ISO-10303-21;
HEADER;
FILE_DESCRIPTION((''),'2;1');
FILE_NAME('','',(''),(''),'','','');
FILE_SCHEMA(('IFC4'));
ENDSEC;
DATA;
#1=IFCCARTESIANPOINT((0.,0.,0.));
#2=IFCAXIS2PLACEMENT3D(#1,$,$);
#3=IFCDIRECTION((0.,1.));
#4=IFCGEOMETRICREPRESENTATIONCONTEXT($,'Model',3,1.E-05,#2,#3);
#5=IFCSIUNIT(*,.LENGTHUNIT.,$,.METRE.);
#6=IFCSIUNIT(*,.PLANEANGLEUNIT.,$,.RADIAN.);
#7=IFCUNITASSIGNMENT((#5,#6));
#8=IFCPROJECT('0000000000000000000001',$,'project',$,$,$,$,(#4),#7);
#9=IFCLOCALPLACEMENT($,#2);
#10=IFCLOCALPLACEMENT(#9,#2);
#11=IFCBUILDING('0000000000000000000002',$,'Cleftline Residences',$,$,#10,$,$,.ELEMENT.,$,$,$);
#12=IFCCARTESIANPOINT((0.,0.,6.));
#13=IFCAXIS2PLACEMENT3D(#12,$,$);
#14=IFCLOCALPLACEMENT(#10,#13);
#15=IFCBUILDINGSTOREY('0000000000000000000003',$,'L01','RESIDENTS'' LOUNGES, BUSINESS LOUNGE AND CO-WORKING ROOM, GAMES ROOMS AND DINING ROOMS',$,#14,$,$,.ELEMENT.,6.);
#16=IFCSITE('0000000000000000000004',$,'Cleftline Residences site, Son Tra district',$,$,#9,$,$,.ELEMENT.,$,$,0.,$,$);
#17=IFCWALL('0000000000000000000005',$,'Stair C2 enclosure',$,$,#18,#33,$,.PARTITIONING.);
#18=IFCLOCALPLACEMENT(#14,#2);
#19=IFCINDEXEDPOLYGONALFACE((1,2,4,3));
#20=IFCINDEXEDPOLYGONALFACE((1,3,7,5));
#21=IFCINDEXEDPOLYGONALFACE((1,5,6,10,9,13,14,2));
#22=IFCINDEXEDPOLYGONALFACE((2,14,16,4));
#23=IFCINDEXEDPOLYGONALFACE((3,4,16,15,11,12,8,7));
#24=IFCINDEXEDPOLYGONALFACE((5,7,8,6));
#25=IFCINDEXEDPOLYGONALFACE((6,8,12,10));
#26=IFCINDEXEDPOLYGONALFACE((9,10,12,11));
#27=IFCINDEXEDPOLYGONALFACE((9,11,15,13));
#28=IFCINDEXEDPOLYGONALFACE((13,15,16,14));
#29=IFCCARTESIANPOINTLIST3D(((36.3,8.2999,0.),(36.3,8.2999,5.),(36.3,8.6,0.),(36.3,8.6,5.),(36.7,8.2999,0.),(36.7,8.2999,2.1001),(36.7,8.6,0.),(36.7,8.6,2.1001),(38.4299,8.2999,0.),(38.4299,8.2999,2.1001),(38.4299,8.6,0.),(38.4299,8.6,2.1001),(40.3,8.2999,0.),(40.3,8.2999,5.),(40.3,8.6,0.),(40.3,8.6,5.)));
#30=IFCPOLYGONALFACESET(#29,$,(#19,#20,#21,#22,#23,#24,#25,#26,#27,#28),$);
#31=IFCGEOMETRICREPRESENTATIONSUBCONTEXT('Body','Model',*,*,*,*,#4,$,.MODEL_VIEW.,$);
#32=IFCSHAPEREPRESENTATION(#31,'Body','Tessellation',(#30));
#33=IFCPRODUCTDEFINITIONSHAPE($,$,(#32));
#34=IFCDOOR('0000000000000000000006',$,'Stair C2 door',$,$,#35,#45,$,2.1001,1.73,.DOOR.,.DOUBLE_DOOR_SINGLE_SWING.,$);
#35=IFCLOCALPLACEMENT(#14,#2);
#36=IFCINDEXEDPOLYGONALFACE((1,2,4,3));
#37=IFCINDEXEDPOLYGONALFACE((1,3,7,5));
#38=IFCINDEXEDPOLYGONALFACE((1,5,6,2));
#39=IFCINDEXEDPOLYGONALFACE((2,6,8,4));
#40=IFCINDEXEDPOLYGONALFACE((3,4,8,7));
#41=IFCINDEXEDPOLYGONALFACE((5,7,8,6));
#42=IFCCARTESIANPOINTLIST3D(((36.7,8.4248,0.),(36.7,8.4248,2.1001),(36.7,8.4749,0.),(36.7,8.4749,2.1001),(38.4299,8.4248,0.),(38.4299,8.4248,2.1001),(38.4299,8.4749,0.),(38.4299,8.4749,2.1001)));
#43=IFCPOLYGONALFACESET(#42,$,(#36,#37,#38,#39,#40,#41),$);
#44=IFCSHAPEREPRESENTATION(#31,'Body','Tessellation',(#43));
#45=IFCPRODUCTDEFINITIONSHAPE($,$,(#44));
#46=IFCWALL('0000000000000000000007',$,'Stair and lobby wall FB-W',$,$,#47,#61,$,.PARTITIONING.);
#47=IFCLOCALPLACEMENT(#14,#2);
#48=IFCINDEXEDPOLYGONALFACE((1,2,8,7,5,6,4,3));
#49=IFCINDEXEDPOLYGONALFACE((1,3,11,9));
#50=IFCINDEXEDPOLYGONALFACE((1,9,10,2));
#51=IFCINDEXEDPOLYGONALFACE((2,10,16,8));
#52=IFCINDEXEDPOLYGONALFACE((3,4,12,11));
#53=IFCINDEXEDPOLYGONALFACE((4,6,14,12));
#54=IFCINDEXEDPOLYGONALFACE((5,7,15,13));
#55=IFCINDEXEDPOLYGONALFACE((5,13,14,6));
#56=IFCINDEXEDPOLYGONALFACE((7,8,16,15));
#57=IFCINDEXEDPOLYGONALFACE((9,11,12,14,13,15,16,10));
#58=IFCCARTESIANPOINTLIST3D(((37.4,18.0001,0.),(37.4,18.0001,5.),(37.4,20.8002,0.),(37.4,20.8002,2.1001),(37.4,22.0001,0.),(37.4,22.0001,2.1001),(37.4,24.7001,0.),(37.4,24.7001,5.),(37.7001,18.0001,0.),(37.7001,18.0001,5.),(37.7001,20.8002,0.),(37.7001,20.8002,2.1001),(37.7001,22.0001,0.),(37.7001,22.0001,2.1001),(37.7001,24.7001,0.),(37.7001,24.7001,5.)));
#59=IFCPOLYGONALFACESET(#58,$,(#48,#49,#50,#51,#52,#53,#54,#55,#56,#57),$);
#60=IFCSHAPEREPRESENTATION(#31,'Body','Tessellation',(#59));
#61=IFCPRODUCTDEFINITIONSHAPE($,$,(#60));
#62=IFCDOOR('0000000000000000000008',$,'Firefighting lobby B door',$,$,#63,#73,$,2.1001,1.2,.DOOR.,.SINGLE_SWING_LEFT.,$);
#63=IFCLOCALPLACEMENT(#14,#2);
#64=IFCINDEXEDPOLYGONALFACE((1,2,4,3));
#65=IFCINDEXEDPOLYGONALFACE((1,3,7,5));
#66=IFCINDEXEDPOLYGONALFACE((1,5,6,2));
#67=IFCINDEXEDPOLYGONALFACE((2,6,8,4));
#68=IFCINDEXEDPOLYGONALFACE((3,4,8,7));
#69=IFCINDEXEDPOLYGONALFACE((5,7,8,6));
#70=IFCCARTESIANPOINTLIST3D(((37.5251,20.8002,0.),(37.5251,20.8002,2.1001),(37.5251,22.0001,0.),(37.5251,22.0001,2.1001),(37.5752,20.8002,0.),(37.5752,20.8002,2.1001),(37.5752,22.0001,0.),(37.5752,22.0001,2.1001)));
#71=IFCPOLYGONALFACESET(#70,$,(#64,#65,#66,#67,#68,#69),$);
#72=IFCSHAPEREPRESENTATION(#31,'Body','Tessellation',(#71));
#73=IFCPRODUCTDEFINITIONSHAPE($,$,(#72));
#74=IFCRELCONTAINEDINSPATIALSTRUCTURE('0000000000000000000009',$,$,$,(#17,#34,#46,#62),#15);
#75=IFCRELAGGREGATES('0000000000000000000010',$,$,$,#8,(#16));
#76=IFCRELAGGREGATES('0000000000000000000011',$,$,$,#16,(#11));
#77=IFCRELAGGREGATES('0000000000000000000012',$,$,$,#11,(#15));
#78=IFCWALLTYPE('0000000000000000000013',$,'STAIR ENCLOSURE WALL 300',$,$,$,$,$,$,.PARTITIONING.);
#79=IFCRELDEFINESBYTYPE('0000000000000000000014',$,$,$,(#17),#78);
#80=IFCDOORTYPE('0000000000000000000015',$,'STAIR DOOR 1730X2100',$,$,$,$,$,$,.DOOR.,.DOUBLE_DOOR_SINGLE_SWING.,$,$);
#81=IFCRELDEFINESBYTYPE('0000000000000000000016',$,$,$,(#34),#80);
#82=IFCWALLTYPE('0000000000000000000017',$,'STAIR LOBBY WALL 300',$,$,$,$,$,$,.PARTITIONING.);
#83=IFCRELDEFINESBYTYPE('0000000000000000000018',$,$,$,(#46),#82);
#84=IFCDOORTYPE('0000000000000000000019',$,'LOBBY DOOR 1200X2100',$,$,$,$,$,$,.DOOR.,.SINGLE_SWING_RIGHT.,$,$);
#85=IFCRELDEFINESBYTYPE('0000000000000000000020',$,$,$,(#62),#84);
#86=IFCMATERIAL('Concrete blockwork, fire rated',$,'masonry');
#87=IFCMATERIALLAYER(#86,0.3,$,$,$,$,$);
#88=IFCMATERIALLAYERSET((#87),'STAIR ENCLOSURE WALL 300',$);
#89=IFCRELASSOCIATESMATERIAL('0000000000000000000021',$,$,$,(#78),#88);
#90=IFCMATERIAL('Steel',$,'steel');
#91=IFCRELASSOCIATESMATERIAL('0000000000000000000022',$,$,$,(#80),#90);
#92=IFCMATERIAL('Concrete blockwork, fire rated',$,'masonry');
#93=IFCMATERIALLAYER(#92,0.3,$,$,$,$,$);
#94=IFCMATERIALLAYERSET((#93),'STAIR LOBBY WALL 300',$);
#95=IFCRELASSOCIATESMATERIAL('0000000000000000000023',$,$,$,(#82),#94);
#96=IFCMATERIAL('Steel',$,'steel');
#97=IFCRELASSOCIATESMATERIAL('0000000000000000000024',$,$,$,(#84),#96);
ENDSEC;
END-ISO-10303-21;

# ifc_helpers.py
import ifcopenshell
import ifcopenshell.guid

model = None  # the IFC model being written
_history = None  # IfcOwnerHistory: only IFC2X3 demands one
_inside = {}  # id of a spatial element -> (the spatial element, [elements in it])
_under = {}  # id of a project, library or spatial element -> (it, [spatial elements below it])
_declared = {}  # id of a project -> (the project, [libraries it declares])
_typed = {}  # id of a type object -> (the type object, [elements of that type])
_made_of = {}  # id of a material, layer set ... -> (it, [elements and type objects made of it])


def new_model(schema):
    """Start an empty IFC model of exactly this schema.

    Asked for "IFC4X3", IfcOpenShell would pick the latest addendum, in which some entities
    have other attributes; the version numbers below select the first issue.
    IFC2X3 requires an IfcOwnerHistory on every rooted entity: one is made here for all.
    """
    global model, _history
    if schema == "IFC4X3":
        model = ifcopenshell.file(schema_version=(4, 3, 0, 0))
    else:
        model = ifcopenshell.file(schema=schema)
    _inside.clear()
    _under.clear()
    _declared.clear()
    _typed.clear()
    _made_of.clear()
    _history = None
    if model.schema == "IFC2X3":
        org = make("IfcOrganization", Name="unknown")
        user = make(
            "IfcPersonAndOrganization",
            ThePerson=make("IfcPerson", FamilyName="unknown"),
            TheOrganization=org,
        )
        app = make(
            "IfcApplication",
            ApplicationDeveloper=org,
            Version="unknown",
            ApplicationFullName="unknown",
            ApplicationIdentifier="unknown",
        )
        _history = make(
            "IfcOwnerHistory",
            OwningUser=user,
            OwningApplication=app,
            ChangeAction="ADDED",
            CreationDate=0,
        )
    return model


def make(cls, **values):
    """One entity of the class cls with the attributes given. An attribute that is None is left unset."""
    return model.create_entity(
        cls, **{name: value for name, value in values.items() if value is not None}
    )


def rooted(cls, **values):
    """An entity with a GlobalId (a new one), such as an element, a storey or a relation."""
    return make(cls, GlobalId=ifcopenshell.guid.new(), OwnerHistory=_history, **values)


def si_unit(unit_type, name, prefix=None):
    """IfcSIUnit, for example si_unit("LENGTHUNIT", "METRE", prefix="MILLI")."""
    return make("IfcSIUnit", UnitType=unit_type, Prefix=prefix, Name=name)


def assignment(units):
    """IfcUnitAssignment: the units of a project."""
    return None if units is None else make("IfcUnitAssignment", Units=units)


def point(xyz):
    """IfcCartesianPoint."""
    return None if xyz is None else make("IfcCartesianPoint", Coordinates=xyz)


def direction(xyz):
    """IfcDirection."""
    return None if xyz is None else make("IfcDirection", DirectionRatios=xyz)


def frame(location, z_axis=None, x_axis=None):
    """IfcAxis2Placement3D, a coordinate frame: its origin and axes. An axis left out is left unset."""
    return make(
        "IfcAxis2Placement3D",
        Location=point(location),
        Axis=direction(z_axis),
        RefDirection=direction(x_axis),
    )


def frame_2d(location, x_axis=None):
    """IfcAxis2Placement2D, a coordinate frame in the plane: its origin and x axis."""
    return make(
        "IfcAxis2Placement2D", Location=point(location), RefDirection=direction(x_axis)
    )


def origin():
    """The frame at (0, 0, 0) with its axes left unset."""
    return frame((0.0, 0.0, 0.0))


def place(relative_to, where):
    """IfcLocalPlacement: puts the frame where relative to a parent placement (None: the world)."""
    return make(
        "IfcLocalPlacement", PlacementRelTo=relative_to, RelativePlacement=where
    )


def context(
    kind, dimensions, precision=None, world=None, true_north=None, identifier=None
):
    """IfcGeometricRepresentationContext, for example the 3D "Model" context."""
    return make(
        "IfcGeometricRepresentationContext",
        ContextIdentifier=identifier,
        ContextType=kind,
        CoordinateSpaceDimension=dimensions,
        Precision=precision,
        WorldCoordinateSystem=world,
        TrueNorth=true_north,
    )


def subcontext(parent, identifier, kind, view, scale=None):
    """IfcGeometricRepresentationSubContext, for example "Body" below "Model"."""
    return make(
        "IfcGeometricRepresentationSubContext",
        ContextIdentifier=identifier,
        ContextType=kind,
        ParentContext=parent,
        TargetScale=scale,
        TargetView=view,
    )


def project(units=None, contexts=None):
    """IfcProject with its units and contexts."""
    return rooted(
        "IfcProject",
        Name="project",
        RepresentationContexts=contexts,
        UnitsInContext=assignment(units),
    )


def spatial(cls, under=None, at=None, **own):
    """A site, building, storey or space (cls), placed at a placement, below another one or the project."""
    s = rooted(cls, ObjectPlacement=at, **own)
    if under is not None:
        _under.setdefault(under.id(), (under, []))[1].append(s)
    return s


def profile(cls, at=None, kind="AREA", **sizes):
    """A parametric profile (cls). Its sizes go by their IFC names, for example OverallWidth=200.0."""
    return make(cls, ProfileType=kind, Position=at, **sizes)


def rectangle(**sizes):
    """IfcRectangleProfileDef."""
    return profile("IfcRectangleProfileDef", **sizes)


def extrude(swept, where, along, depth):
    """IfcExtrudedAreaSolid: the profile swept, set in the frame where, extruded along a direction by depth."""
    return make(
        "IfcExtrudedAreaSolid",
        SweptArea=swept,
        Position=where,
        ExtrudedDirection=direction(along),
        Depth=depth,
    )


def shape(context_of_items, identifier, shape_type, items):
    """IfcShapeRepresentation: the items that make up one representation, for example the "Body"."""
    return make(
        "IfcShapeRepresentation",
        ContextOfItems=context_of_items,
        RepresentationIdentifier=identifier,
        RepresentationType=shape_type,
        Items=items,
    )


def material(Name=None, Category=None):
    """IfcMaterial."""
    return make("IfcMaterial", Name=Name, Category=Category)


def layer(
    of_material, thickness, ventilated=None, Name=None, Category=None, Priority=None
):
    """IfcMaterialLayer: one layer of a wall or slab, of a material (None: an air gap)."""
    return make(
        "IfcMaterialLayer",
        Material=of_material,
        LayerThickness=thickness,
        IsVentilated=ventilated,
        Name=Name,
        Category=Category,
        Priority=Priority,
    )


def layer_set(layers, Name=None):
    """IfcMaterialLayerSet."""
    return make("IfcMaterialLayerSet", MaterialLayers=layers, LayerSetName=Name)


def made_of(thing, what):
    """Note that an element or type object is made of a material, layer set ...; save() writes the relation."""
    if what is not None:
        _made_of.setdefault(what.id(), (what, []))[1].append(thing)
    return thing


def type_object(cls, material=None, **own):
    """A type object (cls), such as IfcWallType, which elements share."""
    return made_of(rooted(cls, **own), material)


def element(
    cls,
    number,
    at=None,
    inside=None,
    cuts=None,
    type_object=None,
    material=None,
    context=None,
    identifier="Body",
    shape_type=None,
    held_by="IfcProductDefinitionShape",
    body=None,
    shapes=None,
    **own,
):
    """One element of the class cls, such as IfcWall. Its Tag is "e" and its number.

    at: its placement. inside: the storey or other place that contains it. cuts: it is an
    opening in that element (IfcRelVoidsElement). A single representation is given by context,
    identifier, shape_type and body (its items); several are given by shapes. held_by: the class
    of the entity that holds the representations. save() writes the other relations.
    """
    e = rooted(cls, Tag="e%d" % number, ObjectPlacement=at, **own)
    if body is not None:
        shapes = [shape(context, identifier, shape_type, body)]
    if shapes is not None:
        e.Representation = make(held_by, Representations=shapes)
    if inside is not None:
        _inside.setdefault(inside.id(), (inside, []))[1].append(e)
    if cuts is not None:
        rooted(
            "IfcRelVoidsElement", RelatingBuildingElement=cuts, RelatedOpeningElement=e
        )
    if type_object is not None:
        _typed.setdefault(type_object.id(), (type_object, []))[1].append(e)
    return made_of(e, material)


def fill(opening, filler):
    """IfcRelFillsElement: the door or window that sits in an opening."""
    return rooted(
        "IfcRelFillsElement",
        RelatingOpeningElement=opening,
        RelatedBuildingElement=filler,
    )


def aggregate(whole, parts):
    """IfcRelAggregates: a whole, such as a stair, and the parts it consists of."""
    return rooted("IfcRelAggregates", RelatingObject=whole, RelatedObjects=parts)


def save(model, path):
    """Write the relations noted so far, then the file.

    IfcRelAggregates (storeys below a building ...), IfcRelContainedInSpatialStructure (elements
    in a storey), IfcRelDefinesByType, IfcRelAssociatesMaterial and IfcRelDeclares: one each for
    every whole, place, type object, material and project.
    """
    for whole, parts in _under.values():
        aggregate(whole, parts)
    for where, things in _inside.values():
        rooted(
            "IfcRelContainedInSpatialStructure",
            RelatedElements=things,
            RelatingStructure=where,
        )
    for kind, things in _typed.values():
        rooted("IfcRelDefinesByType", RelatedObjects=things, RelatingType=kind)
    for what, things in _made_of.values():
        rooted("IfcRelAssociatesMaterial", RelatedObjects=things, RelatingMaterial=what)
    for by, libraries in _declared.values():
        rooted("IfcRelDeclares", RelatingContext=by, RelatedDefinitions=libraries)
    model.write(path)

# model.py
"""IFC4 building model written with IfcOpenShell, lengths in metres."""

from ifc_helpers import new_model, si_unit, direction, frame, frame_2d, origin, place, context, subcontext, project, spatial, rectangle, extrude, material, layer, layer_set, type_object, element, fill, save


model = new_model("IFC4")

# Units and contexts
model_context = context("Model", 3, precision=1e-05, world=origin(), true_north=direction((0.0, 1.0)))
body_context = subcontext(model_context, "Body", "Model", "MODEL_VIEW")
ifc_project = project(units=[si_unit("LENGTHUNIT", "METRE"), si_unit("PLANEANGLEUNIT", "RADIAN")], contexts=[model_context])

# Site, building, storey
site_placement = place(None, origin())
site = spatial("IfcSite", under=ifc_project, at=site_placement, Name="Cleftline Residences site, Son Tra district", CompositionType="ELEMENT", RefElevation=0.0)
building_placement = place(site_placement, origin())
building = spatial("IfcBuilding", under=site, at=building_placement, Name="Cleftline Residences", CompositionType="ELEMENT")
storey_placement = place(building_placement, frame((0.0, 0.0, 6.0)))
storey = spatial("IfcBuildingStorey", under=building, at=storey_placement, Name="L01", Description="RESIDENTS' LOUNGES, BUSINESS LOUNGE AND CO-WORKING ROOM, GAMES ROOMS AND DINING ROOMS", CompositionType="ELEMENT", Elevation=6.0)

# Walls, openings, doors
ifc_material_1 = material(Name="Concrete blockwork, fire rated", Category="masonry")
ifc_layer_1 = layer(ifc_material_1, 0.3)
ifc_layer_set_1 = layer_set([ifc_layer_1], Name="STAIR ENCLOSURE WALL 300")
wall_type_1 = type_object("IfcWallType", Name="STAIR ENCLOSURE WALL 300", PredefinedType="PARTITIONING", material=ifc_layer_set_1)
wall_1_placement = place(storey_placement, frame((36.3, 8.45, 0.0), z_axis=(0.0, 0.0, 1.0), x_axis=(1.0, 0.0, 0.0)))
wall_1 = element("IfcWall", 1, at=wall_1_placement, inside=storey, type_object=wall_type_1, Name="Stair C2 enclosure", PredefinedType="PARTITIONING", context=body_context, shape_type="SweptSolid", body=[
    extrude(rectangle(XDim=4.0, YDim=0.3, at=frame_2d((2.0, 0.0))), origin(), (0.0, 0.0, 1.0), 5.0),
])
opening_1_placement = place(wall_1_placement, frame((0.3999, 0.0, 0.0)))
opening_1 = element("IfcOpeningElement", 2, at=opening_1_placement, cuts=wall_1, PredefinedType="OPENING", context=body_context, shape_type="SweptSolid", body=[
    extrude(rectangle(XDim=1.73, YDim=2.1001, at=frame_2d((0.865, 1.05))), frame((0.0, 0.1599, 0.0), z_axis=(0.0, -1.0, 0.0), x_axis=(1.0, 0.0, 0.0)), (0.0, 0.0, 1.0), 0.3201),
])
ifc_material_2 = material(Name="Steel", Category="steel")
door_type_1 = type_object("IfcDoorType", Name="STAIR DOOR 1730X2100", OperationType="DOUBLE_DOOR_SINGLE_SWING", PredefinedType="DOOR", material=ifc_material_2)
door_1_placement = place(opening_1_placement, origin())
door_1 = element("IfcDoor", 3, at=door_1_placement, inside=storey, type_object=door_type_1, Name="Stair C2 door", OperationType="DOUBLE_DOOR_SINGLE_SWING", OverallHeight=2.1001, OverallWidth=1.73, PredefinedType="DOOR", context=body_context, shape_type="SweptSolid", body=[
    extrude(rectangle(XDim=1.73, YDim=2.1001, at=frame_2d((0.865, 1.05))), frame((0.0, 0.0249, 0.0), z_axis=(0.0, -1.0, 0.0), x_axis=(1.0, 0.0, 0.0)), (0.0, 0.0, 1.0), 0.05),
])
fill(opening_1, door_1)
ifc_material_3 = material(Name="Concrete blockwork, fire rated", Category="masonry")
ifc_layer_2 = layer(ifc_material_3, 0.3)
ifc_layer_set_2 = layer_set([ifc_layer_2], Name="STAIR LOBBY WALL 300")
wall_type_2 = type_object("IfcWallType", Name="STAIR LOBBY WALL 300", PredefinedType="PARTITIONING", material=ifc_layer_set_2)
wall_2_placement = place(storey_placement, frame((37.55, 18.0, 0.0), z_axis=(0.0, 0.0, 1.0), x_axis=(0.0, 1.0, 0.0)))
wall_2 = element("IfcWall", 4, at=wall_2_placement, inside=storey, type_object=wall_type_2, Name="Stair and lobby wall FB-W", PredefinedType="PARTITIONING", context=body_context, shape_type="SweptSolid", body=[
    extrude(rectangle(XDim=6.7, YDim=0.3, at=frame_2d((3.3501, 0.0))), origin(), (0.0, 0.0, 1.0), 5.0),
])
opening_2_placement = place(wall_2_placement, frame((2.8, 0.0, 0.0)))
opening_2 = element("IfcOpeningElement", 5, at=opening_2_placement, cuts=wall_2, PredefinedType="OPENING", context=body_context, shape_type="SweptSolid", body=[
    extrude(rectangle(XDim=1.2, YDim=2.1001, at=frame_2d((0.6001, 1.05))), frame((0.0, 0.1599, 0.0), z_axis=(0.0, -1.0, 0.0), x_axis=(1.0, 0.0, 0.0)), (0.0, 0.0, 1.0), 0.3201),
])
ifc_material_4 = material(Name="Steel", Category="steel")
door_type_2 = type_object("IfcDoorType", Name="LOBBY DOOR 1200X2100", OperationType="SINGLE_SWING_RIGHT", PredefinedType="DOOR", material=ifc_material_4)
door_2_placement = place(opening_2_placement, origin())
door_2 = element("IfcDoor", 6, at=door_2_placement, inside=storey, type_object=door_type_2, Name="Firefighting lobby B door", OperationType="SINGLE_SWING_LEFT", OverallHeight=2.1001, OverallWidth=1.2, PredefinedType="DOOR", context=body_context, shape_type="SweptSolid", body=[
    extrude(rectangle(XDim=1.2, YDim=2.1001, at=frame_2d((0.6001, 1.05))), frame((0.0, 0.0249, 0.0), z_axis=(0.0, -1.0, 0.0), x_axis=(1.0, 0.0, 0.0)), (0.0, 0.0, 1.0), 0.05),
])
fill(opening_2, door_2)

save(model, "model.ifc")
